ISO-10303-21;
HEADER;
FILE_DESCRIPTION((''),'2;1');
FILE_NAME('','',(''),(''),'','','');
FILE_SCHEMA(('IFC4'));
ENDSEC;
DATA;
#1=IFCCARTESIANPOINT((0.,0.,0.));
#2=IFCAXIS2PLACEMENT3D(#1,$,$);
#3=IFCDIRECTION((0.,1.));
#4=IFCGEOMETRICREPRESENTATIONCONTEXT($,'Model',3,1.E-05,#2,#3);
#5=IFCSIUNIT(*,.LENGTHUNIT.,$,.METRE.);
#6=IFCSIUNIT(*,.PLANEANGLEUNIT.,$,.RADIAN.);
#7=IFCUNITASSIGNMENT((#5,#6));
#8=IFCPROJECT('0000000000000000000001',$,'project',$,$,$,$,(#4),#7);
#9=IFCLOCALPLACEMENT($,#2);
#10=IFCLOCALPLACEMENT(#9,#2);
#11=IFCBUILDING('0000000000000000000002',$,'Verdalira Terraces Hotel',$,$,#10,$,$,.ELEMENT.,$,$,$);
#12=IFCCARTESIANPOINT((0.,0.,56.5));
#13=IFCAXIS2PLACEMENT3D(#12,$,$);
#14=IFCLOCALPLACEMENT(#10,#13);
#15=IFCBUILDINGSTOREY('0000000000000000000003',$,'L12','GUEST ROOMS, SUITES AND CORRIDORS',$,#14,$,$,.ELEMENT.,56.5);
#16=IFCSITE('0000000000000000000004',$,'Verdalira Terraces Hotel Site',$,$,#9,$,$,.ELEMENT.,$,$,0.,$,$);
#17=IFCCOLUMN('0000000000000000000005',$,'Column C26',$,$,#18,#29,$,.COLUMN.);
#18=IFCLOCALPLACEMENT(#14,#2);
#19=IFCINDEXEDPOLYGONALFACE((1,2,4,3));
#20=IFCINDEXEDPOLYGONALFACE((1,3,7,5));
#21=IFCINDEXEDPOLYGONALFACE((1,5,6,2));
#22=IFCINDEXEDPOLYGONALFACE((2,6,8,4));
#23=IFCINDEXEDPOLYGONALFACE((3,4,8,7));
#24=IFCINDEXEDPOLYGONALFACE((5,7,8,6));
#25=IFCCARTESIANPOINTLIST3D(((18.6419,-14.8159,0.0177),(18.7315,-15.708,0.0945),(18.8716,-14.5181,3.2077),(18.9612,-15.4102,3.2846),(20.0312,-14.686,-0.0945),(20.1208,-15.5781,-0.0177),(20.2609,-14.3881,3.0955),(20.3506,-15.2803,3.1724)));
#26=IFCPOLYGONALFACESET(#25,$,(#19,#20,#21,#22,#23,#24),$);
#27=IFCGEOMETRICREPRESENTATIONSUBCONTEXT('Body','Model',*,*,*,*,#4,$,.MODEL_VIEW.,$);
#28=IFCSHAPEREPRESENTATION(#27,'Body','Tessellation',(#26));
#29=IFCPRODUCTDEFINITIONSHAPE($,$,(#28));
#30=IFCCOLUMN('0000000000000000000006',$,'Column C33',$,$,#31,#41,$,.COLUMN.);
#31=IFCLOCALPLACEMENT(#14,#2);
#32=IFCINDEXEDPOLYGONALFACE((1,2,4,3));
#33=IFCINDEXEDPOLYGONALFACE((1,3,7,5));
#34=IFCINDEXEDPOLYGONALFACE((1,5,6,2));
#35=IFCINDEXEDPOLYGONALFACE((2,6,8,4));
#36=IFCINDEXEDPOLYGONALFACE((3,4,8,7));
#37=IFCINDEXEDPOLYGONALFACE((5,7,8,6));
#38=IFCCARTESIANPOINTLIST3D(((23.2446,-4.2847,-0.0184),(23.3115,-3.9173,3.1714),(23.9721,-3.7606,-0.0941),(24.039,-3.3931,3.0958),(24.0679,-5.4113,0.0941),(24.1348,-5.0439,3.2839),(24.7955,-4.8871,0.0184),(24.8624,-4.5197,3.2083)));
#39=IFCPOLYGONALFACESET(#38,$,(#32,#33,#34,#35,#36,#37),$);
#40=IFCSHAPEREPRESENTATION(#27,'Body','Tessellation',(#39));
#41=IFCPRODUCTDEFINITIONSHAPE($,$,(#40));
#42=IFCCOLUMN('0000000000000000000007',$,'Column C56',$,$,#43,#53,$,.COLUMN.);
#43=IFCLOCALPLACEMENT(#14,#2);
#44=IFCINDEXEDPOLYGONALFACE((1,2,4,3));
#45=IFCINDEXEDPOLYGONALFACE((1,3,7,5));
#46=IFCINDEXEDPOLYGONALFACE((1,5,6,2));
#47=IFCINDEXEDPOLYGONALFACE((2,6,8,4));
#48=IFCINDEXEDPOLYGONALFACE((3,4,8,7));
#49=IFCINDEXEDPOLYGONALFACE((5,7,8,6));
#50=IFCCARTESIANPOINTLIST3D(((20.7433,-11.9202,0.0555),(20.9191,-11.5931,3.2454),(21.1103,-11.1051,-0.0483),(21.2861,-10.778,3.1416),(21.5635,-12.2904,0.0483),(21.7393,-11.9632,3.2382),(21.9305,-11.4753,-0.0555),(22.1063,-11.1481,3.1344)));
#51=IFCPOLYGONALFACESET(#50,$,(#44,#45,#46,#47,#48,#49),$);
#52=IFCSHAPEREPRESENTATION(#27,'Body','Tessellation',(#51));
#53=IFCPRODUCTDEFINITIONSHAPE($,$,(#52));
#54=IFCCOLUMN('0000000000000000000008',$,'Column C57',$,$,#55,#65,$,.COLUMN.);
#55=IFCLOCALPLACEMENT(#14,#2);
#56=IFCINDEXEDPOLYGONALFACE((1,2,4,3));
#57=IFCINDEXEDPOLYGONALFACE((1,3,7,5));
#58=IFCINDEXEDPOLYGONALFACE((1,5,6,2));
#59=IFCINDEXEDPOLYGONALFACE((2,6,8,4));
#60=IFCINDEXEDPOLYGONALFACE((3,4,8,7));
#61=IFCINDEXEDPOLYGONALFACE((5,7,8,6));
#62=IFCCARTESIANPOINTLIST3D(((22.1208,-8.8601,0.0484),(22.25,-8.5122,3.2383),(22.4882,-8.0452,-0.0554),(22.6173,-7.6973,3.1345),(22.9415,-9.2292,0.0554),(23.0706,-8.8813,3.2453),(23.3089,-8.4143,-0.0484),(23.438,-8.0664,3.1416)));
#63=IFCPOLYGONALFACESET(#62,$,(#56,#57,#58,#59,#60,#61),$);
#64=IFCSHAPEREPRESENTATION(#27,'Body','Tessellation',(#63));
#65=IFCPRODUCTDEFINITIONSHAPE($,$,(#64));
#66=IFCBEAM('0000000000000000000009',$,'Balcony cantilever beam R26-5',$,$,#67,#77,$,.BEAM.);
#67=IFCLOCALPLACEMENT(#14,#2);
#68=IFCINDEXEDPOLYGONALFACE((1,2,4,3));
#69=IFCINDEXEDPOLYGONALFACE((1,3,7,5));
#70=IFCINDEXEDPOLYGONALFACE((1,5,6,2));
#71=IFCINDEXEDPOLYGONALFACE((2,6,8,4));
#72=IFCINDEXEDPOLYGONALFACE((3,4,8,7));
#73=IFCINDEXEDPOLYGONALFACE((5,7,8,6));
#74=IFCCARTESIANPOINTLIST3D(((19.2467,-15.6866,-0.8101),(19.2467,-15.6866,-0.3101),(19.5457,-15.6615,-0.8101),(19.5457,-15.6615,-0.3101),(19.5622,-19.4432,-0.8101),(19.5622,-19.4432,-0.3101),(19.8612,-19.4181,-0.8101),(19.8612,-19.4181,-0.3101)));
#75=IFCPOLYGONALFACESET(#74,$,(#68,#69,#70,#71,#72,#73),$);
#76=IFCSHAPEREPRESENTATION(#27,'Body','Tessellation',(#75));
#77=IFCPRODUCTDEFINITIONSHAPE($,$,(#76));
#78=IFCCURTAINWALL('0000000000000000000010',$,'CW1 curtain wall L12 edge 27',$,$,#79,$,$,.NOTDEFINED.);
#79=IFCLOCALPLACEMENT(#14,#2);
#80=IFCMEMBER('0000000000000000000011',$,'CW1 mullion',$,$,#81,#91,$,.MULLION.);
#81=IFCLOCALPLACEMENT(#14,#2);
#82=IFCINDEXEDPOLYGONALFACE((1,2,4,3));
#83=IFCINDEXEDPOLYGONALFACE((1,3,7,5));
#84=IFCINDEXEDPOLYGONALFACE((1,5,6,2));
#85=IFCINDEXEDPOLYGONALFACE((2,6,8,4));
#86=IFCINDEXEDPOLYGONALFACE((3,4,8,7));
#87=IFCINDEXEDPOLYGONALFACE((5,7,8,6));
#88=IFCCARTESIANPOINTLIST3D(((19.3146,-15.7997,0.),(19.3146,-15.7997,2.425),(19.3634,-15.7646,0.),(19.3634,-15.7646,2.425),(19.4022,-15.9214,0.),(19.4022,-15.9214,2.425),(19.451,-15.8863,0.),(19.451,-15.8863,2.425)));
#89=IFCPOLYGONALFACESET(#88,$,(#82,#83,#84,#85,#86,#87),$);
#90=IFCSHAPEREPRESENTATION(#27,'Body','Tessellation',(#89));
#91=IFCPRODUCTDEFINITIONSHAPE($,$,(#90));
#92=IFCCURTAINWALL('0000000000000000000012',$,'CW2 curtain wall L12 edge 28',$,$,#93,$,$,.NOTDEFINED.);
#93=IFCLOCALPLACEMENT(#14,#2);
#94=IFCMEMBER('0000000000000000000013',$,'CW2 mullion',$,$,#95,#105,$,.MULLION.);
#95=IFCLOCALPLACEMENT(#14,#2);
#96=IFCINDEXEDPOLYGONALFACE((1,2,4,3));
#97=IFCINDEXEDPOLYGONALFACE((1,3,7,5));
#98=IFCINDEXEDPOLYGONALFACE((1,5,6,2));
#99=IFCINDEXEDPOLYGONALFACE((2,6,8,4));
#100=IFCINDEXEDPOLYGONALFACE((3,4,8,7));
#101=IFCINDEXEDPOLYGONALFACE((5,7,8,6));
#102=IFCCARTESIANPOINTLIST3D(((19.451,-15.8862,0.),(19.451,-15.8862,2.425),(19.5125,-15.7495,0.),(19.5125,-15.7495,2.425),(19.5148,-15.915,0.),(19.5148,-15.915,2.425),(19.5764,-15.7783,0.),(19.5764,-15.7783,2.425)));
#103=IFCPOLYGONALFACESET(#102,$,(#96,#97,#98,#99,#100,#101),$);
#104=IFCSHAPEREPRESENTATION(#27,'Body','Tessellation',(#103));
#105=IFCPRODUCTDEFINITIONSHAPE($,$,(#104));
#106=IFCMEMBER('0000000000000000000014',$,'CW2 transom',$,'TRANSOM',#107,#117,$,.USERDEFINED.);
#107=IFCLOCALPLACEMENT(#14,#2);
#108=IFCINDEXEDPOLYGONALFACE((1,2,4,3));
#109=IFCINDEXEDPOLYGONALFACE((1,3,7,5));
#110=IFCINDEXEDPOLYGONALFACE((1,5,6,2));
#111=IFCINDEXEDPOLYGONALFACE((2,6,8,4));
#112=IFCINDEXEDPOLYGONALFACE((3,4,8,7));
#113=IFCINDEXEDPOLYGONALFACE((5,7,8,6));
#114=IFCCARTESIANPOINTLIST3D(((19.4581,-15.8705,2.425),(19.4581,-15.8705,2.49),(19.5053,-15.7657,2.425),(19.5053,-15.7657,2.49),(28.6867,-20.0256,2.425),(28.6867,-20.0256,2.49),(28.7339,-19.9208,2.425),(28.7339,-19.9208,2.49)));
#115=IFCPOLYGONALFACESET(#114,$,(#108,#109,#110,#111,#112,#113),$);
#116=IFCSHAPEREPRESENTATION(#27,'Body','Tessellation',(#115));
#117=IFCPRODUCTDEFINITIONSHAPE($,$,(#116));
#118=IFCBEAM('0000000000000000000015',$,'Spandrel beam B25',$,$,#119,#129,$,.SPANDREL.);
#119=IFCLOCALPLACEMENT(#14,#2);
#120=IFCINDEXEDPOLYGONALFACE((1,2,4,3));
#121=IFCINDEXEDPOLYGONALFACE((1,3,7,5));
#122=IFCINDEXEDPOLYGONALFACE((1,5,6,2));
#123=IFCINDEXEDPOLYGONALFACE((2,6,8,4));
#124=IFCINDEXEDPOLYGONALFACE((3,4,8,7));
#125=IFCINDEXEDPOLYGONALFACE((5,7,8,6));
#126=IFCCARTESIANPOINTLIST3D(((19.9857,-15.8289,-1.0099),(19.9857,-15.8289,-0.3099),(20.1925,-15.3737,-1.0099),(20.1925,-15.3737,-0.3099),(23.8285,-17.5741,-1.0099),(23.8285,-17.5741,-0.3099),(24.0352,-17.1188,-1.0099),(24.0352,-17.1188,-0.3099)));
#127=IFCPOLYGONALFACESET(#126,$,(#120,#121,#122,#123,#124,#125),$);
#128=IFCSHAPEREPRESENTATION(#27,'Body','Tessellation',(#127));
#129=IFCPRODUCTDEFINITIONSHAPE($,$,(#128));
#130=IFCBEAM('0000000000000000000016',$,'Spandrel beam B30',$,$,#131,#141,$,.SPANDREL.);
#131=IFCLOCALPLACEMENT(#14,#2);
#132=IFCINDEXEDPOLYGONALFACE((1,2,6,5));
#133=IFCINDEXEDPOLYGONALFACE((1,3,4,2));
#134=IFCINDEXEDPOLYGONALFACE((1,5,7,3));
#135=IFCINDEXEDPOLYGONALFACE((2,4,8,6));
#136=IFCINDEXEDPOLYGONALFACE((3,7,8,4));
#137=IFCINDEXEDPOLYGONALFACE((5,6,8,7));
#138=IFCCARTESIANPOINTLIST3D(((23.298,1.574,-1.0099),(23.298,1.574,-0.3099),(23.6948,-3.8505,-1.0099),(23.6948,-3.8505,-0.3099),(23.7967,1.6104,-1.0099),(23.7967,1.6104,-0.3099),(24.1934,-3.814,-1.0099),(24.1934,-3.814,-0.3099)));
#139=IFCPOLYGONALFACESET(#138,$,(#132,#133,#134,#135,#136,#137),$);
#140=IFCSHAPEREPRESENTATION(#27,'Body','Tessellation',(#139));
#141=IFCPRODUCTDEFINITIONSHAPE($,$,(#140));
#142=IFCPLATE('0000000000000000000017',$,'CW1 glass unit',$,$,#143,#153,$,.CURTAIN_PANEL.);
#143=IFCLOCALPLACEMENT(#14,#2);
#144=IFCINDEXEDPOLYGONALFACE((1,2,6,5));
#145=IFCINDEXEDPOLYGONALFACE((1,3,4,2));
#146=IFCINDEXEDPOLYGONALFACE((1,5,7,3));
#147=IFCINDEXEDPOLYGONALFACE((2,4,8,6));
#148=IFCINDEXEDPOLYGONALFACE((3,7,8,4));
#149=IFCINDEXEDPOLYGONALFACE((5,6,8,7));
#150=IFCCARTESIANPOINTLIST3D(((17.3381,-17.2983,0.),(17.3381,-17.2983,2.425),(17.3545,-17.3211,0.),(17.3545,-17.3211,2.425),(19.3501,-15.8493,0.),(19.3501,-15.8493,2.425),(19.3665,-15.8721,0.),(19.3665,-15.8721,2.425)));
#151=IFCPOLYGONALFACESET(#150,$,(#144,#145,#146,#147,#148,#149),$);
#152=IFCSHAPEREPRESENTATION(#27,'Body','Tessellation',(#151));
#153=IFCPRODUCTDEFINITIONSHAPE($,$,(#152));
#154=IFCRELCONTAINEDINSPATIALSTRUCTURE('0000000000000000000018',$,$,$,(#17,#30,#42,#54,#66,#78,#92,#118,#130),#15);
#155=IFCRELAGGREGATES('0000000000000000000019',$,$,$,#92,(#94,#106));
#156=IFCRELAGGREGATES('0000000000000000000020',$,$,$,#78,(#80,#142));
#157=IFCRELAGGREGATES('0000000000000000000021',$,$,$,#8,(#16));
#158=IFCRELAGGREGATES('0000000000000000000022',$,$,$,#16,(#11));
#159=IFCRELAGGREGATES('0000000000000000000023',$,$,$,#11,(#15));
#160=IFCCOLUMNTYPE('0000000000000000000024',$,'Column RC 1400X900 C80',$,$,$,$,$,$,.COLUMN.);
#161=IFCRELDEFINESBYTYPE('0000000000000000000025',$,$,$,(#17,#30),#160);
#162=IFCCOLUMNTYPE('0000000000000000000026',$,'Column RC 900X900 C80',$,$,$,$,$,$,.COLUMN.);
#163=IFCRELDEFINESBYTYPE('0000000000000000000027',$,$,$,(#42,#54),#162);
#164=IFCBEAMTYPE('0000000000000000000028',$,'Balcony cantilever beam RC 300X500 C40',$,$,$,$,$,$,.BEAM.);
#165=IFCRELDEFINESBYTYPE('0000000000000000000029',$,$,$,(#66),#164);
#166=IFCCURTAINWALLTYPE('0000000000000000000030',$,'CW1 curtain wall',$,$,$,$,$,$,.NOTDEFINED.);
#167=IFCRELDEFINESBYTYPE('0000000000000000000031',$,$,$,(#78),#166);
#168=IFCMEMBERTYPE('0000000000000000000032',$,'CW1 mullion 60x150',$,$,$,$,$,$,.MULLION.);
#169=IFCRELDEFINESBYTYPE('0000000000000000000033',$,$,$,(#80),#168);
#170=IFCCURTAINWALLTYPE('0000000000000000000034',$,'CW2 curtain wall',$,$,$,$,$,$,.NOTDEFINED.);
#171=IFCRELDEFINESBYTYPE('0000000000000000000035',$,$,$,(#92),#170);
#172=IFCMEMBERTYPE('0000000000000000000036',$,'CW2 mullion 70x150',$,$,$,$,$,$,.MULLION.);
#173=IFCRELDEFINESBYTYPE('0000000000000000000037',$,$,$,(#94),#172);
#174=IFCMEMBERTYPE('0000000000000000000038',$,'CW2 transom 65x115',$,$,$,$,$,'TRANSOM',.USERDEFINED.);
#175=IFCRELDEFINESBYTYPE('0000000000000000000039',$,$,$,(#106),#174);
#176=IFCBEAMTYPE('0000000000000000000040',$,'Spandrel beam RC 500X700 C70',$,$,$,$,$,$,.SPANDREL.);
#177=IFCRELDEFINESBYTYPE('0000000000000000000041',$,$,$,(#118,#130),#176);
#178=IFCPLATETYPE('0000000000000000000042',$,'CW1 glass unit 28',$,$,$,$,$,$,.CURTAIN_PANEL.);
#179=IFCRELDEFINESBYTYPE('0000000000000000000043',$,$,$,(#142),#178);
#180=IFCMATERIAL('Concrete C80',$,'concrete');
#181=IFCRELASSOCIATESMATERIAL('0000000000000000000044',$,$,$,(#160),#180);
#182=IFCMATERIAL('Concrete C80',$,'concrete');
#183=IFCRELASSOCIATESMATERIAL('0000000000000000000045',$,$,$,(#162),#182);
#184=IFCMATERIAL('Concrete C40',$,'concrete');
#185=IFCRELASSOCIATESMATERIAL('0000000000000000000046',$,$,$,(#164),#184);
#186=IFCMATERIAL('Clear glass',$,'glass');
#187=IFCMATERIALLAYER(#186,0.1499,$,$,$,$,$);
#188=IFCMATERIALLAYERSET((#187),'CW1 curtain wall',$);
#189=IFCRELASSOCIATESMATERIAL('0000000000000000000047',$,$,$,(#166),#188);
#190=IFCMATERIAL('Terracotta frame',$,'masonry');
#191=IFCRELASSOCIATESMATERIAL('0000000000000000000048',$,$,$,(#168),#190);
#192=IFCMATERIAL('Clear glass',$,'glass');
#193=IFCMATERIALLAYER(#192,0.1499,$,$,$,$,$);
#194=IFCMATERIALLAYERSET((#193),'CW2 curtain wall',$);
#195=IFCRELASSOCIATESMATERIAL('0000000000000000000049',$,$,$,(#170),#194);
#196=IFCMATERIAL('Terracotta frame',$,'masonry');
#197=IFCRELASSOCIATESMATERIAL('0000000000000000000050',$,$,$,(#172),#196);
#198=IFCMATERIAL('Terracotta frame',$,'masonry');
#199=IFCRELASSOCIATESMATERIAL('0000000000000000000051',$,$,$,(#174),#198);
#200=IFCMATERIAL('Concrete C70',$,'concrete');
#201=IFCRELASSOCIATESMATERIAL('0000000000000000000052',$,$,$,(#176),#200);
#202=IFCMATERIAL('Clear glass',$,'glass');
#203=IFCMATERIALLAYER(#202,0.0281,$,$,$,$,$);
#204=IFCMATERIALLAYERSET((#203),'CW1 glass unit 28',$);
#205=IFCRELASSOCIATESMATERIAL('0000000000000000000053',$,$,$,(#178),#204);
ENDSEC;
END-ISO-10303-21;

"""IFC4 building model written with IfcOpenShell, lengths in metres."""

from ifc_helpers import new_model, si_unit, direction, frame, origin, origin_2d, place, context, subcontext, project, spatial, rectangle, extrude, material, layer, layer_set, material_profile, profile_set, type_object, element, aggregate, save


model = new_model("IFC4")

# Units and contexts
model_context = context("Model", 3, precision=1e-05, world=origin(), true_north=direction((0.0, 1.0)))
body_context = subcontext(model_context, "Body", "Model", "MODEL_VIEW")
ifc_project = project(units=[si_unit("LENGTHUNIT", "METRE"), si_unit("PLANEANGLEUNIT", "RADIAN")], contexts=[model_context])

# Site, building, storey
site_placement = place(None, origin())
site = spatial("IfcSite", under=ifc_project, at=site_placement, Name="Verdalira Terraces Hotel Site", CompositionType="ELEMENT", RefElevation=0.0)
building_placement = place(site_placement, origin())
building = spatial("IfcBuilding", under=site, at=building_placement, Name="Verdalira Terraces Hotel", CompositionType="ELEMENT")
storey_placement = place(building_placement, frame((0.0, 0.0, 56.5)))
storey = spatial("IfcBuildingStorey", under=building, at=storey_placement, Name="L12", Description="GUEST ROOMS, SUITES AND CORRIDORS", CompositionType="ELEMENT", Elevation=56.5)

# Columns
ifc_material_1 = material(Name="Concrete C80", Category="concrete")
ifc_material_profile_1 = material_profile(ifc_material_1, rectangle(XDim=1.3999, YDim=0.8999, at=origin_2d()), Name="RC 1400X900")
ifc_profile_set_1 = profile_set([ifc_material_profile_1], Name="Concrete C80")
column_type_1 = type_object("IfcColumnType", Name="Column RC 1400X900 C80", PredefinedType="COLUMN", material=ifc_profile_set_1)
column_1_placement = place(storey_placement, frame((19.3813, -15.197, 0.0), z_axis=(0.071523, 0.09273, 0.993119), x_axis=(-0.992454, -0.092803, 0.080141)))
element("IfcColumn", 1, at=column_1_placement, inside=storey, type_object=column_type_1, Name="Column C26", PredefinedType="COLUMN", context=body_context, shape_type="SweptSolid", body=[
    extrude(rectangle(XDim=1.3999, YDim=0.8999, at=origin_2d()), origin(), (0.0, 0.0, 1.0), 3.2122),
])
column_2_placement = place(storey_placement, frame((24.02, -4.5859, 0.0), z_axis=(0.020828, 0.114403, 0.993216), x_axis=(0.588137, -0.804759, 0.080362)))
element("IfcColumn", 2, at=column_2_placement, inside=storey, type_object=column_type_1, Name="Column C33", PredefinedType="COLUMN", context=body_context, shape_type="SweptSolid", body=[
    extrude(rectangle(XDim=1.3999, YDim=0.8999, at=origin_2d()), origin(), (0.0, 0.0, 1.0), 3.2117),
])
ifc_material_2 = material(Name="Concrete C80", Category="concrete")
ifc_material_profile_2 = material_profile(ifc_material_2, rectangle(XDim=0.8999, YDim=0.8999, at=origin_2d()), Name="RC 900X900")
ifc_profile_set_2 = profile_set([ifc_material_profile_2], Name="Concrete C80")
column_type_2 = type_object("IfcColumnType", Name="Column RC 900X900 C80", PredefinedType="COLUMN", material=ifc_profile_set_2)
for number, where, z_axis, x_axis, name in (
    (3, (21.3369, -11.6978, 0.0), (0.054735, 0.101868, 0.993291), (0.911448, -0.411337, -0.00804), "Column C56"),
    (4, (22.7148, -8.6372, 0.0), (0.040216, 0.108331, 0.993301), (0.911985, -0.41015, 0.007808), "Column C57"),
):
    element("IfcColumn", number, at=place(storey_placement, frame(where, z_axis=z_axis, x_axis=x_axis)), inside=storey, type_object=column_type_2, Name=name, PredefinedType="COLUMN", context=body_context, shape_type="SweptSolid", body=[
        extrude(rectangle(XDim=0.8999, YDim=0.8999, at=origin_2d()), origin(), (0.0, 0.0, 1.0), 3.2114),
    ])

# Beam
ifc_material_3 = material(Name="Concrete C40", Category="concrete")
ifc_material_profile_3 = material_profile(ifc_material_3, rectangle(XDim=0.3, YDim=0.5, at=origin_2d()), Name="RC 300X500")
ifc_profile_set_3 = profile_set([ifc_material_profile_3], Name="Concrete C40")
beam_type_1 = type_object("IfcBeamType", Name="Balcony cantilever beam RC 300X500 C40", PredefinedType="BEAM", material=ifc_profile_set_3)
beam_1_placement = place(storey_placement, frame((19.3962, -15.6741, -0.5601), z_axis=(0.083673, -0.996493, 0.0), x_axis=(0.996493, 0.083673, 0.0)))
element("IfcBeam", 5, at=beam_1_placement, inside=storey, type_object=beam_type_1, Name="Balcony cantilever beam R26-5", PredefinedType="BEAM", context=body_context, shape_type="SweptSolid", body=[
    extrude(rectangle(XDim=0.3, YDim=0.5, at=origin_2d()), origin(), (0.0, 0.0, 1.0), 3.7698),
])

# Curtain wall, member
ifc_material_4 = material(Name="Clear glass", Category="glass")
ifc_layer_1 = layer(ifc_material_4, 0.1499)
ifc_layer_set_1 = layer_set([ifc_layer_1], Name="CW1 curtain wall")
curtain_wall_type_1 = type_object("IfcCurtainWallType", Name="CW1 curtain wall", PredefinedType="NOTDEFINED", material=ifc_layer_set_1)
curtain_wall_1_placement = place(storey_placement, origin())
curtain_wall_1 = element("IfcCurtainWall", 6, at=curtain_wall_1_placement, inside=storey, type_object=curtain_wall_type_1, Name="CW1 curtain wall L12 edge 27", PredefinedType="NOTDEFINED")
ifc_material_5 = material(Name="Terracotta frame", Category="masonry")
ifc_material_profile_4 = material_profile(ifc_material_5, rectangle(XDim=0.0601, YDim=0.1499, at=origin_2d()), Name="MU 60x150")
ifc_profile_set_4 = profile_set([ifc_material_profile_4], Name="Terracotta frame")
member_type_1 = type_object("IfcMemberType", Name="CW1 mullion 60x150", PredefinedType="MULLION", material=ifc_profile_set_4)
member_1_placement = place(storey_placement, frame((19.3828, -15.843, 0.0), z_axis=(0.0, 0.0, 1.0), x_axis=(0.811472, 0.584391, 0.0)))
member_1 = element("IfcMember", 7, at=member_1_placement, type_object=member_type_1, Name="CW1 mullion", PredefinedType="MULLION", context=body_context, shape_type="SweptSolid", body=[
    extrude(rectangle(XDim=0.0601, YDim=0.1499, at=origin_2d()), origin(), (0.0, 0.0, 1.0), 2.425),
])

# Curtain wall, members
ifc_material_6 = material(Name="Clear glass", Category="glass")
ifc_layer_2 = layer(ifc_material_6, 0.1499)
ifc_layer_set_2 = layer_set([ifc_layer_2], Name="CW2 curtain wall")
curtain_wall_type_2 = type_object("IfcCurtainWallType", Name="CW2 curtain wall", PredefinedType="NOTDEFINED", material=ifc_layer_set_2)
curtain_wall_2_placement = place(storey_placement, origin())
curtain_wall_2 = element("IfcCurtainWall", 8, at=curtain_wall_2_placement, inside=storey, type_object=curtain_wall_type_2, Name="CW2 curtain wall L12 edge 28", PredefinedType="NOTDEFINED")
ifc_material_7 = material(Name="Terracotta frame", Category="masonry")
ifc_material_profile_5 = material_profile(ifc_material_7, rectangle(XDim=0.0701, YDim=0.1499, at=origin_2d()), Name="MU 70x150")
ifc_profile_set_5 = profile_set([ifc_material_profile_5], Name="Terracotta frame")
member_type_2 = type_object("IfcMemberType", Name="CW2 mullion 70x150", PredefinedType="MULLION", material=ifc_profile_set_5)
member_2_placement = place(storey_placement, frame((19.5137, -15.8323, 0.0), z_axis=(0.0, 0.0, 1.0), x_axis=(0.911834, -0.41056, 0.0)))
member_2 = element("IfcMember", 9, at=member_2_placement, type_object=member_type_2, Name="CW2 mullion", PredefinedType="MULLION", context=body_context, shape_type="SweptSolid", body=[
    extrude(rectangle(XDim=0.0701, YDim=0.1499, at=origin_2d()), origin(), (0.0, 0.0, 1.0), 2.425),
])
ifc_material_8 = material(Name="Terracotta frame", Category="masonry")
ifc_material_profile_6 = material_profile(ifc_material_8, rectangle(XDim=0.115, YDim=0.0649, at=origin_2d()), Name="TR 65x115")
ifc_profile_set_6 = profile_set([ifc_material_profile_6], Name="Terracotta frame")
member_type_3 = type_object("IfcMemberType", Name="CW2 transom 65x115", ElementType="TRANSOM", PredefinedType="USERDEFINED", material=ifc_profile_set_6)
member_3_placement = place(storey_placement, frame((19.4817, -15.8181, 2.4575), z_axis=(0.91184, -0.410545, 0.0), x_axis=(0.410545, 0.91184, 0.0)))
member_3 = element("IfcMember", 10, at=member_3_placement, type_object=member_type_3, Name="CW2 transom", ObjectType="TRANSOM", PredefinedType="USERDEFINED", context=body_context, shape_type="SweptSolid", body=[
    extrude(rectangle(XDim=0.115, YDim=0.0649, at=origin_2d()), origin(), (0.0, 0.0, 1.0), 10.1209),
])
aggregate(curtain_wall_2, [member_2, member_3])

# Beams
ifc_material_9 = material(Name="Concrete C70", Category="concrete")
ifc_material_profile_7 = material_profile(ifc_material_9, rectangle(XDim=0.5, YDim=0.7, at=origin_2d()), Name="RC 500X700")
ifc_profile_set_7 = profile_set([ifc_material_profile_7], Name="Concrete C70")
beam_type_2 = type_object("IfcBeamType", Name="Spandrel beam RC 500X700 C70", PredefinedType="SPANDREL", material=ifc_profile_set_7)
beam_2_placement = place(storey_placement, frame((20.0891, -15.6013, -0.6599), z_axis=(0.910509, -0.413489, 0.0), x_axis=(0.413489, 0.910509, 0.0)))
element("IfcBeam", 11, at=beam_2_placement, inside=storey, type_object=beam_type_2, Name="Spandrel beam B25", PredefinedType="SPANDREL", context=body_context, shape_type="SweptSolid", body=[
    extrude(rectangle(XDim=0.5, YDim=0.7, at=origin_2d()), origin(), (0.0, 0.0, 1.0), 4.2205),
])
beam_3_placement = place(storey_placement, frame((23.9441, -3.8323, -0.6599), z_axis=(-0.072941, 0.997336, 0.0), x_axis=(-0.997336, -0.072941, 0.0)))
element("IfcBeam", 12, at=beam_3_placement, inside=storey, type_object=beam_type_2, Name="Spandrel beam B30", PredefinedType="SPANDREL", context=body_context, shape_type="SweptSolid", body=[
    extrude(rectangle(XDim=0.5, YDim=0.7, at=origin_2d()), origin(), (0.0, 0.0, 1.0), 5.439),
])

# Plate
ifc_material_10 = material(Name="Clear glass", Category="glass")
ifc_layer_3 = layer(ifc_material_10, 0.0281)
ifc_layer_set_3 = layer_set([ifc_layer_3], Name="CW1 glass unit 28")
plate_type = type_object("IfcPlateType", Name="CW1 glass unit 28", PredefinedType="CURTAIN_PANEL", material=ifc_layer_set_3)
plate_placement = place(storey_placement, frame((18.3523, -16.5852, 0.0), z_axis=(0.0, 0.0, 1.0), x_axis=(0.811472, 0.584391, 0.0)))
plate = element("IfcPlate", 13, at=plate_placement, type_object=plate_type, Name="CW1 glass unit", PredefinedType="CURTAIN_PANEL", context=body_context, shape_type="SweptSolid", body=[
    extrude(rectangle(XDim=2.4795, YDim=0.0281, at=origin_2d()), origin(), (0.0, 0.0, 1.0), 2.425),
])
aggregate(curtain_wall_1, [member_1, plate])

save(model, "model.ifc")
